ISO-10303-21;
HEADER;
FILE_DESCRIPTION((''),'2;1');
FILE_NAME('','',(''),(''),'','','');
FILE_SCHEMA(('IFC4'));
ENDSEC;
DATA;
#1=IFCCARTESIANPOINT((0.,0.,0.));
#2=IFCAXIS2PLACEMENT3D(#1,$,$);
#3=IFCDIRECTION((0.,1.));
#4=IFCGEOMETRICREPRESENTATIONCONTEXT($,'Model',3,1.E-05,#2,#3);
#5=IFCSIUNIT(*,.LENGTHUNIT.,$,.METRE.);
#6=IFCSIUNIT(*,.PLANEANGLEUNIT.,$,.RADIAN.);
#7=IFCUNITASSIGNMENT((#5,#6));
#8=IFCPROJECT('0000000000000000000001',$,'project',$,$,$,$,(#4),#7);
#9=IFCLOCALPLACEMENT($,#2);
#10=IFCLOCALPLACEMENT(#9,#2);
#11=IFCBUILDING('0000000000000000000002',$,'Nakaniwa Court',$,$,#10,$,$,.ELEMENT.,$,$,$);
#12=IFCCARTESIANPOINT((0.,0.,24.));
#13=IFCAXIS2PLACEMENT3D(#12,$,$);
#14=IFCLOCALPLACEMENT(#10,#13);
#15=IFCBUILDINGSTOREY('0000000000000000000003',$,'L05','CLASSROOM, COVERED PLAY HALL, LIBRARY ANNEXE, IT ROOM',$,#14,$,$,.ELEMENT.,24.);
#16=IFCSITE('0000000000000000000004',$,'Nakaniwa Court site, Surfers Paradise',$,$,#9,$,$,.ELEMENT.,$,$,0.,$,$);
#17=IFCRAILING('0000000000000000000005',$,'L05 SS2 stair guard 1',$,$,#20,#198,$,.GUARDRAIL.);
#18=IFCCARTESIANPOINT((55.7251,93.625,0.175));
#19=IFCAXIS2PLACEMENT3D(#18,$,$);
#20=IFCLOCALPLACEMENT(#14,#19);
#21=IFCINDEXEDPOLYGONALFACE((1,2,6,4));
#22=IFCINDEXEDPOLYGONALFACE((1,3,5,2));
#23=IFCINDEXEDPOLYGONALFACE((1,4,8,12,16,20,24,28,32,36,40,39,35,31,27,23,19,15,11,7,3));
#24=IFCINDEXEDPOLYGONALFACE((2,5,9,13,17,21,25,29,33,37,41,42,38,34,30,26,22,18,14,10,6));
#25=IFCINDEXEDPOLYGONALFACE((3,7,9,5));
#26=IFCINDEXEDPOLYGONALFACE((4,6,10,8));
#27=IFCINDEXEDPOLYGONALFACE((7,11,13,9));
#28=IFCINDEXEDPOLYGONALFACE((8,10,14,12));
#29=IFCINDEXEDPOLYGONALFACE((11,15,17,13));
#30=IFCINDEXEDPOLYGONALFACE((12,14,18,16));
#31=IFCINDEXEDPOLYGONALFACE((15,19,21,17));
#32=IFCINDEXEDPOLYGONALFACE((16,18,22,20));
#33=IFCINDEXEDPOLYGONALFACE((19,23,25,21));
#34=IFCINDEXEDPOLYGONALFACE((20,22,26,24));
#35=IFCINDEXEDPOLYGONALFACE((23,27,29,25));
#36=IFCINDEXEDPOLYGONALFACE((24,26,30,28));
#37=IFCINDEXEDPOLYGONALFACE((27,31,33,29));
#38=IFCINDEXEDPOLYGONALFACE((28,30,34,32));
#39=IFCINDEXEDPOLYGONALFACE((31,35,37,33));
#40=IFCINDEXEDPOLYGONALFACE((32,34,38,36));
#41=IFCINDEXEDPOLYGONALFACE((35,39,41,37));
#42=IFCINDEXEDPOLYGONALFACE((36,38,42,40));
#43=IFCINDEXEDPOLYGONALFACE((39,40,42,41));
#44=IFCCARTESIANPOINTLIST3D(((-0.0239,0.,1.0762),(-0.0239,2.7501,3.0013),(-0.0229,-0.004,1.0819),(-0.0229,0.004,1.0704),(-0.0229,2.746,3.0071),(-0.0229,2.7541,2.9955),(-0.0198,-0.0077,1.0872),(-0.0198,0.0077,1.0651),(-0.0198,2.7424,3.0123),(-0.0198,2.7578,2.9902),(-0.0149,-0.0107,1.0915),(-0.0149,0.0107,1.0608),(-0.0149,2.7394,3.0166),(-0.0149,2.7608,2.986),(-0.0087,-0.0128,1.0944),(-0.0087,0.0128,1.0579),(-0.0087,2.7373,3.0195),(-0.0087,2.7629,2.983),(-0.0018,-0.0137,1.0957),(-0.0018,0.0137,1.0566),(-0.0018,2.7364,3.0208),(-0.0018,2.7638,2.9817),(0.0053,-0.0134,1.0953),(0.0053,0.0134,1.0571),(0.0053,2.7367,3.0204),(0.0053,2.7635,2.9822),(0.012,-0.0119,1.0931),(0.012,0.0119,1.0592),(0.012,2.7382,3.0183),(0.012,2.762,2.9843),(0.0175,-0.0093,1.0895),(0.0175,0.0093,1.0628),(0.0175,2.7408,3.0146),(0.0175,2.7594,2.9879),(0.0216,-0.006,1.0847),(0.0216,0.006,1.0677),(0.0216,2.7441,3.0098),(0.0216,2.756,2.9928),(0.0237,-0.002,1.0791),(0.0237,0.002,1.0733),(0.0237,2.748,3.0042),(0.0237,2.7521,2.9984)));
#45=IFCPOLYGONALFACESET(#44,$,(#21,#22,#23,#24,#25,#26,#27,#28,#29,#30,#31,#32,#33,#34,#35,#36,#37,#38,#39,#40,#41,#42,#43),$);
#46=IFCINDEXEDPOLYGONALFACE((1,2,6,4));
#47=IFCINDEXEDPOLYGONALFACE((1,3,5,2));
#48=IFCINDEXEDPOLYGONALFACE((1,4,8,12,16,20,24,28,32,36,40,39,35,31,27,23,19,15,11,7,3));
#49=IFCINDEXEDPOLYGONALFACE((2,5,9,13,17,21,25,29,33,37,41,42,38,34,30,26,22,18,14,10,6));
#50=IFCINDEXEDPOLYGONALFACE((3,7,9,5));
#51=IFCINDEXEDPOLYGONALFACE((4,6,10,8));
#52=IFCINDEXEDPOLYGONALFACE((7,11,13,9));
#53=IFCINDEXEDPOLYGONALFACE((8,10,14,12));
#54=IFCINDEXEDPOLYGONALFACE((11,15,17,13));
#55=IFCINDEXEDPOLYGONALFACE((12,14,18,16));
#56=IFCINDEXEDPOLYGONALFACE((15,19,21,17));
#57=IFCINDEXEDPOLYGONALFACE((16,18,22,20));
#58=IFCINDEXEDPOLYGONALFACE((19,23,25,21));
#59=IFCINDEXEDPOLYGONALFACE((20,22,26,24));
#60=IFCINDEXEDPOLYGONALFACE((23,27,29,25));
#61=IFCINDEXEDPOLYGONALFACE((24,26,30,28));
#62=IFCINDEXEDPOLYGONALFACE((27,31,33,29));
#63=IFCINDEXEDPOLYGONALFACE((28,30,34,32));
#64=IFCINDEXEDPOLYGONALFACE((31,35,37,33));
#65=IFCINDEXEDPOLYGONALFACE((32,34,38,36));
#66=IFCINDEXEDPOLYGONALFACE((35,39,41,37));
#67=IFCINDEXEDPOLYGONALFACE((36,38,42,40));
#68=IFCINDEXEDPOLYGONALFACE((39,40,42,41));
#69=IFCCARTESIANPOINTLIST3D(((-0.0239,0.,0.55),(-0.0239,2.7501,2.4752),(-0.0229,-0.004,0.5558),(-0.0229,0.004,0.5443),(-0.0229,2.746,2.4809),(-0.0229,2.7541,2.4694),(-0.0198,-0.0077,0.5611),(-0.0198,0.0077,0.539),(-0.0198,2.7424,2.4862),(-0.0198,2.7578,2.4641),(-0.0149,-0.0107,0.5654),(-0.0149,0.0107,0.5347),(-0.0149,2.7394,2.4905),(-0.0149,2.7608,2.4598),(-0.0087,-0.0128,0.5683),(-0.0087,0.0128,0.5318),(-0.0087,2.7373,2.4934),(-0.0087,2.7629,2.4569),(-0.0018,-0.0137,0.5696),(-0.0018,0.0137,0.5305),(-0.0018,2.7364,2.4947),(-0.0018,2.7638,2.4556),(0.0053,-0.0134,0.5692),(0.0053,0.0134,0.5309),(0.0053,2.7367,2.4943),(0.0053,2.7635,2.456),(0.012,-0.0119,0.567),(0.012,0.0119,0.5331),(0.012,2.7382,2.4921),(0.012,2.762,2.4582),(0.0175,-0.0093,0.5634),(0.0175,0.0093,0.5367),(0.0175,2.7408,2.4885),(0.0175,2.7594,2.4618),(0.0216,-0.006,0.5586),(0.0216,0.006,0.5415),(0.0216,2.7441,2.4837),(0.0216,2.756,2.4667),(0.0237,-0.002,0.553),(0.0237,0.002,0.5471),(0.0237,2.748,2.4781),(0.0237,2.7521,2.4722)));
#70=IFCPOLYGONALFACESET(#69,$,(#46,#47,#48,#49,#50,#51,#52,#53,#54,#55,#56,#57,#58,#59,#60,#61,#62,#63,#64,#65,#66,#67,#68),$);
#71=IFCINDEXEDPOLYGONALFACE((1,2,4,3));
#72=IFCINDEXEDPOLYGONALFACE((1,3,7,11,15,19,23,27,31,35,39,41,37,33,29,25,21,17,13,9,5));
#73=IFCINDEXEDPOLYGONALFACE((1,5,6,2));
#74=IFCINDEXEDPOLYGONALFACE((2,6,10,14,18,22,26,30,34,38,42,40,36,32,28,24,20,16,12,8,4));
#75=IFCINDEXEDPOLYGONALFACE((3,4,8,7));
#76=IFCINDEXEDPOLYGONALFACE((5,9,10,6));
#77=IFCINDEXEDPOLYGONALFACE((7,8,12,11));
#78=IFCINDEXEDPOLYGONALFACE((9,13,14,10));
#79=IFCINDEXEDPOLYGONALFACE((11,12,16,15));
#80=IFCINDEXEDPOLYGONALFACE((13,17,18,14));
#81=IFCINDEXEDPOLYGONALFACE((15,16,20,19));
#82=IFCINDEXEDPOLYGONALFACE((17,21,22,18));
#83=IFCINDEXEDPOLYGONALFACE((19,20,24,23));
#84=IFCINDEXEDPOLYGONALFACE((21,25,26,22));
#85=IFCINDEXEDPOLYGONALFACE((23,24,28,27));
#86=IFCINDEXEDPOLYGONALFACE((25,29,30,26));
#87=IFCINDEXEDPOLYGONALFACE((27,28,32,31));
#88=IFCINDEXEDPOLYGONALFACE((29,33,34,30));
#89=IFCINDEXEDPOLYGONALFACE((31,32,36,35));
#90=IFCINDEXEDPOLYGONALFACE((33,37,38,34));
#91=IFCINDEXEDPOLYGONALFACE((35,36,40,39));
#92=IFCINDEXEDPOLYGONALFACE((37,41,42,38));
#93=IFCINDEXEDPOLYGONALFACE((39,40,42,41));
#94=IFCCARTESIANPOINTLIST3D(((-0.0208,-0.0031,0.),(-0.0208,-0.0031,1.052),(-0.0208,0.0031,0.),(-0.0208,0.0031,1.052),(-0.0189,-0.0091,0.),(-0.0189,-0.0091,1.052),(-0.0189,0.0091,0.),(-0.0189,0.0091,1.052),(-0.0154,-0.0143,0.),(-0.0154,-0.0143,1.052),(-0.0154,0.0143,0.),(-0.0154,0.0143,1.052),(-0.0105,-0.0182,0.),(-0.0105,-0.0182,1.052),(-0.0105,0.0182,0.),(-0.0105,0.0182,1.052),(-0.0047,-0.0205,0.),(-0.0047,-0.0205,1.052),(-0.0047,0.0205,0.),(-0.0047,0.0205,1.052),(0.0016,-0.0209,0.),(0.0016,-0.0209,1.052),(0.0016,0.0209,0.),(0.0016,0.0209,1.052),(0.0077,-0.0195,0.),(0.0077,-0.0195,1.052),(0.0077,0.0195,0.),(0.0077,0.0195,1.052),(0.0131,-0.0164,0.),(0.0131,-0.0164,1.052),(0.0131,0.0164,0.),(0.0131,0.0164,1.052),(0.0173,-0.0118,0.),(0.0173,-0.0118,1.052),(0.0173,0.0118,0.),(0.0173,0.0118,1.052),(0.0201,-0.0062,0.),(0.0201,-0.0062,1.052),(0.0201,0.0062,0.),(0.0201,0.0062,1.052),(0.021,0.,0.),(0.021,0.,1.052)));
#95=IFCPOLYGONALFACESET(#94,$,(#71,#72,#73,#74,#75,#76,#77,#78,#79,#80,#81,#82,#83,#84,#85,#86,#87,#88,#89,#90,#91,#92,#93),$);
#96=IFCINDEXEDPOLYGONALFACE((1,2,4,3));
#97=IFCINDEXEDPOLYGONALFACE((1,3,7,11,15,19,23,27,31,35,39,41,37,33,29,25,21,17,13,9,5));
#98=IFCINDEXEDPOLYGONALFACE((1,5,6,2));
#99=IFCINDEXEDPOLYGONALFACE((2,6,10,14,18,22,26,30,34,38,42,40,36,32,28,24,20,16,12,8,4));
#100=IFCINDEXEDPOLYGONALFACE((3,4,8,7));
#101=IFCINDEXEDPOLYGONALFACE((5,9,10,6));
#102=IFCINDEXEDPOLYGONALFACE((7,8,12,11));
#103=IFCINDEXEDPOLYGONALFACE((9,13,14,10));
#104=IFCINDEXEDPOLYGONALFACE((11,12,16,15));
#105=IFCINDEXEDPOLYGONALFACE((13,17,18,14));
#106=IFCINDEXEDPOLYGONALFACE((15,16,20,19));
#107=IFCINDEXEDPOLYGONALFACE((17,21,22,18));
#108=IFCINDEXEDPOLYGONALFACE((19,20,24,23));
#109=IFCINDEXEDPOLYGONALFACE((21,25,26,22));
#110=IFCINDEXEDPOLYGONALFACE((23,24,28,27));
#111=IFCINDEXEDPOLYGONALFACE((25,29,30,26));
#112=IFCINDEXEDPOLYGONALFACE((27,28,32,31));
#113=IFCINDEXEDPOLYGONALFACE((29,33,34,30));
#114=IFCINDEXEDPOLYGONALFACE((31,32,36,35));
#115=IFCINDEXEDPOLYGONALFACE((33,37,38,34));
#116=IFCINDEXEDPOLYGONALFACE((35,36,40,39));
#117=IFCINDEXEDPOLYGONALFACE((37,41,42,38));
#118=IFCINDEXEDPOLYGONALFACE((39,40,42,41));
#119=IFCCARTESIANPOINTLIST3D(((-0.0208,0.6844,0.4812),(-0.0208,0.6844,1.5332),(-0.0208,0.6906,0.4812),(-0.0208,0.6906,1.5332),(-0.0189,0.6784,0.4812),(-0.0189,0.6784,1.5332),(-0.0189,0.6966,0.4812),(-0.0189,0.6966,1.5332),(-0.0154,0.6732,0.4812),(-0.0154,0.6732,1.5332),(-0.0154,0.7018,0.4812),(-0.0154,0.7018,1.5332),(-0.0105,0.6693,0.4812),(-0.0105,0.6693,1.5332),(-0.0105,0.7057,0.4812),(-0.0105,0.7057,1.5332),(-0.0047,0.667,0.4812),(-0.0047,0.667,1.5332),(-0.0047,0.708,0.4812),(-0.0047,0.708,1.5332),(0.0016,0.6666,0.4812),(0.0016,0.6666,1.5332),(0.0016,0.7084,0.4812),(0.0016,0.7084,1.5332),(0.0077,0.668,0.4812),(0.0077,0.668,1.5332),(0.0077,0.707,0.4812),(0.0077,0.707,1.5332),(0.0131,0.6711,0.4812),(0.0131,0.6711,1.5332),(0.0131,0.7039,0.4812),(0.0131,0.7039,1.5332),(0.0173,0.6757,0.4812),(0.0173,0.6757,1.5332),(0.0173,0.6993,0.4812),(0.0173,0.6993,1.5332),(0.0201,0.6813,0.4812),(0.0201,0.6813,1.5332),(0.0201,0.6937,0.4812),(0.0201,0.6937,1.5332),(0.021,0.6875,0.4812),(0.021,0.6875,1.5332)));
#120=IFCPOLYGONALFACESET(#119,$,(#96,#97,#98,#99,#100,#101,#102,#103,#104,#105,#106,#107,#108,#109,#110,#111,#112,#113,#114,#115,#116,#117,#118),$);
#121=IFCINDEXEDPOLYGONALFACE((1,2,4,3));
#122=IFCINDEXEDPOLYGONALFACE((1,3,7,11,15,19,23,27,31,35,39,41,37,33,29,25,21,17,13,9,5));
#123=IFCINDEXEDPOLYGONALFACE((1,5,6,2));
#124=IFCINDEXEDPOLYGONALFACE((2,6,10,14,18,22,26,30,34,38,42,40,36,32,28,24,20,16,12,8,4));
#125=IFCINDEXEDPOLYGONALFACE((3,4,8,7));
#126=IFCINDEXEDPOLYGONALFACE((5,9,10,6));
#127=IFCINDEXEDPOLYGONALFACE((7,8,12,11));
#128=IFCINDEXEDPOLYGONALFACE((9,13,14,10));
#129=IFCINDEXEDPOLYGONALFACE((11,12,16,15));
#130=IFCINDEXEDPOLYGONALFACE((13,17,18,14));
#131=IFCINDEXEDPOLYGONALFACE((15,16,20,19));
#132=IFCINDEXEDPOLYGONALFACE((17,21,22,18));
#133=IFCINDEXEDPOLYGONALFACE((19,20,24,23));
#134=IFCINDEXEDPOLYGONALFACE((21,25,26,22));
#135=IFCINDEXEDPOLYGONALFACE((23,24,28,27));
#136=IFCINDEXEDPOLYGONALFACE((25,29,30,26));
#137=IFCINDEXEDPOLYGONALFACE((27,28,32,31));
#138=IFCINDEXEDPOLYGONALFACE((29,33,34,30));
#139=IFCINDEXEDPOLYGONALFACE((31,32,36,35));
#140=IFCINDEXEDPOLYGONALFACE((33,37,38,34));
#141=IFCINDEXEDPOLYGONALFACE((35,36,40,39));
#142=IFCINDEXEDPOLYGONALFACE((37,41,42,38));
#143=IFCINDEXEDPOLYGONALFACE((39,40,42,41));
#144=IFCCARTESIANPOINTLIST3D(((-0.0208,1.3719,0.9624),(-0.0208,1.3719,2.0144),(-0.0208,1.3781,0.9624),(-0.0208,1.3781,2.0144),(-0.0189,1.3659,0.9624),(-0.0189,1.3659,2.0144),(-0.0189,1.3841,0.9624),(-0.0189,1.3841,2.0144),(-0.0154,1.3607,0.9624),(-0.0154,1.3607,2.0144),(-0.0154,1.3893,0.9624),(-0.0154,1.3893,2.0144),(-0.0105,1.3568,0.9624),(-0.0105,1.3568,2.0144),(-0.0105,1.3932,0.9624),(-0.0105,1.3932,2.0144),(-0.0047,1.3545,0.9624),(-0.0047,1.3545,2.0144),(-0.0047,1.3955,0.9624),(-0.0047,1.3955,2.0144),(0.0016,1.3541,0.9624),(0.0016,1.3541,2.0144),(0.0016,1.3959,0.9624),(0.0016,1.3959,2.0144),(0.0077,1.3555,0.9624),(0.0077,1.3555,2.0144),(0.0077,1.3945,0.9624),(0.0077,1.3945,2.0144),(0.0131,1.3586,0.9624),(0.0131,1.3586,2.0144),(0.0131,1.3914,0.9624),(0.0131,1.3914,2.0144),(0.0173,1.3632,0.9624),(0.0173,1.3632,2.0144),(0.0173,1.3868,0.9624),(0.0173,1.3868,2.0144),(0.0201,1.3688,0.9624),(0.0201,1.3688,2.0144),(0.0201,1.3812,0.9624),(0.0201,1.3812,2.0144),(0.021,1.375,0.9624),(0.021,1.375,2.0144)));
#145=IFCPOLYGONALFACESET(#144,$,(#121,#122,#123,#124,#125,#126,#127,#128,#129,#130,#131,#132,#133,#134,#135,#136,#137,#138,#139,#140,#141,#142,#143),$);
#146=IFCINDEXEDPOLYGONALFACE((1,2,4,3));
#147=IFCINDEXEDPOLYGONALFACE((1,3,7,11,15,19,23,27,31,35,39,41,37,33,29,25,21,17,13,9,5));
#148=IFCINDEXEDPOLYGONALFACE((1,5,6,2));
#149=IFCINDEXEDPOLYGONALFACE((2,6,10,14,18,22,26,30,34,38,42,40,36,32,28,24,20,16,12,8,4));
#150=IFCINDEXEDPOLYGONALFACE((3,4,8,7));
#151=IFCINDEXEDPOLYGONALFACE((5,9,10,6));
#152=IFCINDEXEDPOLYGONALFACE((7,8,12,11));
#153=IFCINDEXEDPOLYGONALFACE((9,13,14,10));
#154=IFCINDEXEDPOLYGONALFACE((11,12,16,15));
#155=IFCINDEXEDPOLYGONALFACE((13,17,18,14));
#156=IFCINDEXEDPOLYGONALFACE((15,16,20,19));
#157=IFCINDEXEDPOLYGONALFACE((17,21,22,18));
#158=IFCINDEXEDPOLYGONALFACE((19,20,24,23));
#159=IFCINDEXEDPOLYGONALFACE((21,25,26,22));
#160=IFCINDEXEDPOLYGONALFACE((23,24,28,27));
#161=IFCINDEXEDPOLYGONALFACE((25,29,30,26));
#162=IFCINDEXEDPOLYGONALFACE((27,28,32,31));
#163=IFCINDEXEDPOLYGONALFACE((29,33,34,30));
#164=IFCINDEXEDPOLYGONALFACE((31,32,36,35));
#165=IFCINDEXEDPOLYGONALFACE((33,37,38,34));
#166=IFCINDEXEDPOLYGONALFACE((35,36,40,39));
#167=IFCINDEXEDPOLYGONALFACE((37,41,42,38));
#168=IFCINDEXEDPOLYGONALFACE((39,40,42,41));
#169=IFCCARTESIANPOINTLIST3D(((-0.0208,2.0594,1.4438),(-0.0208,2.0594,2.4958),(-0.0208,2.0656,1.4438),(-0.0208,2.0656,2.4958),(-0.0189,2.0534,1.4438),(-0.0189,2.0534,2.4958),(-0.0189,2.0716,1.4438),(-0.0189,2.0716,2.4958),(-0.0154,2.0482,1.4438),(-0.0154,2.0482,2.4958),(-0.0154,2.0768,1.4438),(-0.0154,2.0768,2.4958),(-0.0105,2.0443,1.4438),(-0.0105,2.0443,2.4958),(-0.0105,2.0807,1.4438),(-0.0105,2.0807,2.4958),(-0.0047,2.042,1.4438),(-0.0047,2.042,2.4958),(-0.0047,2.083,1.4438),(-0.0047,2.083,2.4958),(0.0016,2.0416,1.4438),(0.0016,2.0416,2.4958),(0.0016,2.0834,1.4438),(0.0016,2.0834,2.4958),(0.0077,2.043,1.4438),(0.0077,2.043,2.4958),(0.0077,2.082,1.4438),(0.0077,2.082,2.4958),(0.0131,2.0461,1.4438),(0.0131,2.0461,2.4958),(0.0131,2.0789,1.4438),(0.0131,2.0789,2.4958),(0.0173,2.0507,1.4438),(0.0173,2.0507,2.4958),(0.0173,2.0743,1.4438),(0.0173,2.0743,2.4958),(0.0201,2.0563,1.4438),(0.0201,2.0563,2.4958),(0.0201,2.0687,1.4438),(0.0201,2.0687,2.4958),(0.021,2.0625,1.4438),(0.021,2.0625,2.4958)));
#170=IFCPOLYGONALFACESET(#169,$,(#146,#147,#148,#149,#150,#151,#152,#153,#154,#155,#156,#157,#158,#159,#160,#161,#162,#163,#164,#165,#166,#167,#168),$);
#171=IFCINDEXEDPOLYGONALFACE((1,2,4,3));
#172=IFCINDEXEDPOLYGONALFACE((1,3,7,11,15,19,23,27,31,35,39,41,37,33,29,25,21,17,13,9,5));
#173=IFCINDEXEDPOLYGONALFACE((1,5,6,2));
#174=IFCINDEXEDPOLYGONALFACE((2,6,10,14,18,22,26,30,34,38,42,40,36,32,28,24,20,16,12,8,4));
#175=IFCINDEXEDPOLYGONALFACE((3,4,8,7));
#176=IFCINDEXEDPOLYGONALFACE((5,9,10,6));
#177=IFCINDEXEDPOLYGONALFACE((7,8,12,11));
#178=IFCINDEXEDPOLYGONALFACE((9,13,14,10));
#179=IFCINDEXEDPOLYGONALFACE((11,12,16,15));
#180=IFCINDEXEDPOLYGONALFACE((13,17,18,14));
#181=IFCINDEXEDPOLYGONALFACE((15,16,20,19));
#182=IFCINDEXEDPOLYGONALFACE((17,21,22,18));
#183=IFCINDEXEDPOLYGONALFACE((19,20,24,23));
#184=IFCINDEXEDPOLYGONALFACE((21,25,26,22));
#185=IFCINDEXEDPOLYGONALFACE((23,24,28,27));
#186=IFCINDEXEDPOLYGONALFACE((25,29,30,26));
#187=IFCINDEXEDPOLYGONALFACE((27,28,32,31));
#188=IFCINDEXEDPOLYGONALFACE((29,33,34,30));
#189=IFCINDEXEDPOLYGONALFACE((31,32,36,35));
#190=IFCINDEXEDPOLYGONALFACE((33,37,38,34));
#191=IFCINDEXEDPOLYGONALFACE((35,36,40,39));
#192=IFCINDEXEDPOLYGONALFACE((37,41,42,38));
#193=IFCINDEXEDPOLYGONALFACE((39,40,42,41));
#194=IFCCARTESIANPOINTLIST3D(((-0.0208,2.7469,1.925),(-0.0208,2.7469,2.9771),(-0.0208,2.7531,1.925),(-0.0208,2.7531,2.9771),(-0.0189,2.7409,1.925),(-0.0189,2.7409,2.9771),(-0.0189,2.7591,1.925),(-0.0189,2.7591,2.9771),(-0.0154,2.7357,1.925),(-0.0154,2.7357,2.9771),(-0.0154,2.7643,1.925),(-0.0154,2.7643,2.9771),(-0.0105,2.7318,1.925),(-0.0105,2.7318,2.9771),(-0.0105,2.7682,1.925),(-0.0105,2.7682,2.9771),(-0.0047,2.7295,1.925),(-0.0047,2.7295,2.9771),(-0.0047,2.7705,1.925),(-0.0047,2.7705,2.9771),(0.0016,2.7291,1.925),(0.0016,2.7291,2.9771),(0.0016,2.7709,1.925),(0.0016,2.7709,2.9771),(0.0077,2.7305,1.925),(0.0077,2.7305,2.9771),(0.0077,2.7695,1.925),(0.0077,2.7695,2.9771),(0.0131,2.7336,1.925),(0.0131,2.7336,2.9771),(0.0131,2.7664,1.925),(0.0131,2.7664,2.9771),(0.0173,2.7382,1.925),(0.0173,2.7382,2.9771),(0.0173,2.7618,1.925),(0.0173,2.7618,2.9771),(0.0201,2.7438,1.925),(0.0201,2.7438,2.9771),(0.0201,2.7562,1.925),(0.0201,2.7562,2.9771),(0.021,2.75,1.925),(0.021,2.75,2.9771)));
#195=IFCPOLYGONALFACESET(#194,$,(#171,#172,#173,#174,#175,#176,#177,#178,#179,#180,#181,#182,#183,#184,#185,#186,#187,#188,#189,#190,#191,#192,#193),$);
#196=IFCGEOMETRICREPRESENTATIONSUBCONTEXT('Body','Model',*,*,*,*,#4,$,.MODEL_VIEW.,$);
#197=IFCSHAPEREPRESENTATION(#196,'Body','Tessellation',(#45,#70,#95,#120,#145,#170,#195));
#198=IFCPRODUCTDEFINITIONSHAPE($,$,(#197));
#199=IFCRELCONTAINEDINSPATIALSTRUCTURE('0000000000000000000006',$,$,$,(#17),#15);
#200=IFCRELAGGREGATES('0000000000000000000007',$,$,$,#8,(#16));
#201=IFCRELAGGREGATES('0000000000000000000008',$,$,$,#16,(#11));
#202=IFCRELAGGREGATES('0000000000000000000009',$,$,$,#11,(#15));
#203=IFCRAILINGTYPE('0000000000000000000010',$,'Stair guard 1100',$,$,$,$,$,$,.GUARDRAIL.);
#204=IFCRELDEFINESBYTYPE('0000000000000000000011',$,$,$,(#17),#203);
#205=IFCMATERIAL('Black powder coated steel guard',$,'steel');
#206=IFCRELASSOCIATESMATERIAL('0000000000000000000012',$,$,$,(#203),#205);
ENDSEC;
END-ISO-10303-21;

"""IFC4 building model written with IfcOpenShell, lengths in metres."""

from ifc_helpers import new_model, si_unit, direction, frame, origin, origin_2d, place, context, subcontext, project, spatial, circle, extrude, material, type_object, element, save


model = new_model("IFC4")

# Units and contexts
model_context = context("Model", 3, precision=1e-05, world=origin(), true_north=direction((0.0, 1.0)))
body_context = subcontext(model_context, "Body", "Model", "MODEL_VIEW")
ifc_project = project(units=[si_unit("LENGTHUNIT", "METRE"), si_unit("PLANEANGLEUNIT", "RADIAN")], contexts=[model_context])

# Site, building, storey
site_placement = place(None, origin())
site = spatial("IfcSite", under=ifc_project, at=site_placement, Name="Nakaniwa Court site, Surfers Paradise", CompositionType="ELEMENT", RefElevation=0.0)
building_placement = place(site_placement, origin())
building = spatial("IfcBuilding", under=site, at=building_placement, Name="Nakaniwa Court", CompositionType="ELEMENT")
storey_placement = place(building_placement, frame((0.0, 0.0, 24.0)))
storey = spatial("IfcBuildingStorey", under=building, at=storey_placement, Name="L05", Description="CLASSROOM, COVERED PLAY HALL, LIBRARY ANNEXE, IT ROOM", CompositionType="ELEMENT", Elevation=24.0)

# Railing
ifc_material_1 = material(Name="Black powder coated steel guard", Category="steel")
railing_type = type_object("IfcRailingType", Name="Stair guard 1100", PredefinedType="GUARDRAIL", material=ifc_material_1)
railing_1_placement = place(storey_placement, frame((55.7251, 93.625, 0.175)))
element("IfcRailing", 1, at=railing_1_placement, inside=storey, type_object=railing_type, Name="L05 SS2 stair guard 1", PredefinedType="GUARDRAIL", context=body_context, shape_type="SweptSolid", body=[
    extrude(circle(Radius=0.0239, at=origin_2d()), frame((0.0, 0.0, 1.0762), z_axis=(0.0, 0.819225, 0.573472), x_axis=(-1.0, 0.0, 0.0)), (0.0, 0.0, 1.0), 3.3569),
    extrude(circle(Radius=0.0239, at=origin_2d()), frame((0.0, 0.0, 0.55), z_axis=(0.0, 0.819225, 0.573472), x_axis=(-1.0, 0.0, 0.0)), (0.0, 0.0, 1.0), 3.3569),
    extrude(circle(Radius=0.021, at=origin_2d()), origin(), (0.0, 0.0, 1.0), 1.052),
    extrude(circle(Radius=0.021, at=origin_2d()), frame((0.0, 0.6875, 0.4812)), (0.0, 0.0, 1.0), 1.052),
    extrude(circle(Radius=0.021, at=origin_2d()), frame((0.0, 1.375, 0.9624)), (0.0, 0.0, 1.0), 1.052),
    extrude(circle(Radius=0.021, at=origin_2d()), frame((0.0, 2.0625, 1.4438)), (0.0, 0.0, 1.0), 1.052),
    extrude(circle(Radius=0.021, at=origin_2d()), frame((0.0, 2.75, 1.925)), (0.0, 0.0, 1.0), 1.052),
])

save(model, "model.ifc")
